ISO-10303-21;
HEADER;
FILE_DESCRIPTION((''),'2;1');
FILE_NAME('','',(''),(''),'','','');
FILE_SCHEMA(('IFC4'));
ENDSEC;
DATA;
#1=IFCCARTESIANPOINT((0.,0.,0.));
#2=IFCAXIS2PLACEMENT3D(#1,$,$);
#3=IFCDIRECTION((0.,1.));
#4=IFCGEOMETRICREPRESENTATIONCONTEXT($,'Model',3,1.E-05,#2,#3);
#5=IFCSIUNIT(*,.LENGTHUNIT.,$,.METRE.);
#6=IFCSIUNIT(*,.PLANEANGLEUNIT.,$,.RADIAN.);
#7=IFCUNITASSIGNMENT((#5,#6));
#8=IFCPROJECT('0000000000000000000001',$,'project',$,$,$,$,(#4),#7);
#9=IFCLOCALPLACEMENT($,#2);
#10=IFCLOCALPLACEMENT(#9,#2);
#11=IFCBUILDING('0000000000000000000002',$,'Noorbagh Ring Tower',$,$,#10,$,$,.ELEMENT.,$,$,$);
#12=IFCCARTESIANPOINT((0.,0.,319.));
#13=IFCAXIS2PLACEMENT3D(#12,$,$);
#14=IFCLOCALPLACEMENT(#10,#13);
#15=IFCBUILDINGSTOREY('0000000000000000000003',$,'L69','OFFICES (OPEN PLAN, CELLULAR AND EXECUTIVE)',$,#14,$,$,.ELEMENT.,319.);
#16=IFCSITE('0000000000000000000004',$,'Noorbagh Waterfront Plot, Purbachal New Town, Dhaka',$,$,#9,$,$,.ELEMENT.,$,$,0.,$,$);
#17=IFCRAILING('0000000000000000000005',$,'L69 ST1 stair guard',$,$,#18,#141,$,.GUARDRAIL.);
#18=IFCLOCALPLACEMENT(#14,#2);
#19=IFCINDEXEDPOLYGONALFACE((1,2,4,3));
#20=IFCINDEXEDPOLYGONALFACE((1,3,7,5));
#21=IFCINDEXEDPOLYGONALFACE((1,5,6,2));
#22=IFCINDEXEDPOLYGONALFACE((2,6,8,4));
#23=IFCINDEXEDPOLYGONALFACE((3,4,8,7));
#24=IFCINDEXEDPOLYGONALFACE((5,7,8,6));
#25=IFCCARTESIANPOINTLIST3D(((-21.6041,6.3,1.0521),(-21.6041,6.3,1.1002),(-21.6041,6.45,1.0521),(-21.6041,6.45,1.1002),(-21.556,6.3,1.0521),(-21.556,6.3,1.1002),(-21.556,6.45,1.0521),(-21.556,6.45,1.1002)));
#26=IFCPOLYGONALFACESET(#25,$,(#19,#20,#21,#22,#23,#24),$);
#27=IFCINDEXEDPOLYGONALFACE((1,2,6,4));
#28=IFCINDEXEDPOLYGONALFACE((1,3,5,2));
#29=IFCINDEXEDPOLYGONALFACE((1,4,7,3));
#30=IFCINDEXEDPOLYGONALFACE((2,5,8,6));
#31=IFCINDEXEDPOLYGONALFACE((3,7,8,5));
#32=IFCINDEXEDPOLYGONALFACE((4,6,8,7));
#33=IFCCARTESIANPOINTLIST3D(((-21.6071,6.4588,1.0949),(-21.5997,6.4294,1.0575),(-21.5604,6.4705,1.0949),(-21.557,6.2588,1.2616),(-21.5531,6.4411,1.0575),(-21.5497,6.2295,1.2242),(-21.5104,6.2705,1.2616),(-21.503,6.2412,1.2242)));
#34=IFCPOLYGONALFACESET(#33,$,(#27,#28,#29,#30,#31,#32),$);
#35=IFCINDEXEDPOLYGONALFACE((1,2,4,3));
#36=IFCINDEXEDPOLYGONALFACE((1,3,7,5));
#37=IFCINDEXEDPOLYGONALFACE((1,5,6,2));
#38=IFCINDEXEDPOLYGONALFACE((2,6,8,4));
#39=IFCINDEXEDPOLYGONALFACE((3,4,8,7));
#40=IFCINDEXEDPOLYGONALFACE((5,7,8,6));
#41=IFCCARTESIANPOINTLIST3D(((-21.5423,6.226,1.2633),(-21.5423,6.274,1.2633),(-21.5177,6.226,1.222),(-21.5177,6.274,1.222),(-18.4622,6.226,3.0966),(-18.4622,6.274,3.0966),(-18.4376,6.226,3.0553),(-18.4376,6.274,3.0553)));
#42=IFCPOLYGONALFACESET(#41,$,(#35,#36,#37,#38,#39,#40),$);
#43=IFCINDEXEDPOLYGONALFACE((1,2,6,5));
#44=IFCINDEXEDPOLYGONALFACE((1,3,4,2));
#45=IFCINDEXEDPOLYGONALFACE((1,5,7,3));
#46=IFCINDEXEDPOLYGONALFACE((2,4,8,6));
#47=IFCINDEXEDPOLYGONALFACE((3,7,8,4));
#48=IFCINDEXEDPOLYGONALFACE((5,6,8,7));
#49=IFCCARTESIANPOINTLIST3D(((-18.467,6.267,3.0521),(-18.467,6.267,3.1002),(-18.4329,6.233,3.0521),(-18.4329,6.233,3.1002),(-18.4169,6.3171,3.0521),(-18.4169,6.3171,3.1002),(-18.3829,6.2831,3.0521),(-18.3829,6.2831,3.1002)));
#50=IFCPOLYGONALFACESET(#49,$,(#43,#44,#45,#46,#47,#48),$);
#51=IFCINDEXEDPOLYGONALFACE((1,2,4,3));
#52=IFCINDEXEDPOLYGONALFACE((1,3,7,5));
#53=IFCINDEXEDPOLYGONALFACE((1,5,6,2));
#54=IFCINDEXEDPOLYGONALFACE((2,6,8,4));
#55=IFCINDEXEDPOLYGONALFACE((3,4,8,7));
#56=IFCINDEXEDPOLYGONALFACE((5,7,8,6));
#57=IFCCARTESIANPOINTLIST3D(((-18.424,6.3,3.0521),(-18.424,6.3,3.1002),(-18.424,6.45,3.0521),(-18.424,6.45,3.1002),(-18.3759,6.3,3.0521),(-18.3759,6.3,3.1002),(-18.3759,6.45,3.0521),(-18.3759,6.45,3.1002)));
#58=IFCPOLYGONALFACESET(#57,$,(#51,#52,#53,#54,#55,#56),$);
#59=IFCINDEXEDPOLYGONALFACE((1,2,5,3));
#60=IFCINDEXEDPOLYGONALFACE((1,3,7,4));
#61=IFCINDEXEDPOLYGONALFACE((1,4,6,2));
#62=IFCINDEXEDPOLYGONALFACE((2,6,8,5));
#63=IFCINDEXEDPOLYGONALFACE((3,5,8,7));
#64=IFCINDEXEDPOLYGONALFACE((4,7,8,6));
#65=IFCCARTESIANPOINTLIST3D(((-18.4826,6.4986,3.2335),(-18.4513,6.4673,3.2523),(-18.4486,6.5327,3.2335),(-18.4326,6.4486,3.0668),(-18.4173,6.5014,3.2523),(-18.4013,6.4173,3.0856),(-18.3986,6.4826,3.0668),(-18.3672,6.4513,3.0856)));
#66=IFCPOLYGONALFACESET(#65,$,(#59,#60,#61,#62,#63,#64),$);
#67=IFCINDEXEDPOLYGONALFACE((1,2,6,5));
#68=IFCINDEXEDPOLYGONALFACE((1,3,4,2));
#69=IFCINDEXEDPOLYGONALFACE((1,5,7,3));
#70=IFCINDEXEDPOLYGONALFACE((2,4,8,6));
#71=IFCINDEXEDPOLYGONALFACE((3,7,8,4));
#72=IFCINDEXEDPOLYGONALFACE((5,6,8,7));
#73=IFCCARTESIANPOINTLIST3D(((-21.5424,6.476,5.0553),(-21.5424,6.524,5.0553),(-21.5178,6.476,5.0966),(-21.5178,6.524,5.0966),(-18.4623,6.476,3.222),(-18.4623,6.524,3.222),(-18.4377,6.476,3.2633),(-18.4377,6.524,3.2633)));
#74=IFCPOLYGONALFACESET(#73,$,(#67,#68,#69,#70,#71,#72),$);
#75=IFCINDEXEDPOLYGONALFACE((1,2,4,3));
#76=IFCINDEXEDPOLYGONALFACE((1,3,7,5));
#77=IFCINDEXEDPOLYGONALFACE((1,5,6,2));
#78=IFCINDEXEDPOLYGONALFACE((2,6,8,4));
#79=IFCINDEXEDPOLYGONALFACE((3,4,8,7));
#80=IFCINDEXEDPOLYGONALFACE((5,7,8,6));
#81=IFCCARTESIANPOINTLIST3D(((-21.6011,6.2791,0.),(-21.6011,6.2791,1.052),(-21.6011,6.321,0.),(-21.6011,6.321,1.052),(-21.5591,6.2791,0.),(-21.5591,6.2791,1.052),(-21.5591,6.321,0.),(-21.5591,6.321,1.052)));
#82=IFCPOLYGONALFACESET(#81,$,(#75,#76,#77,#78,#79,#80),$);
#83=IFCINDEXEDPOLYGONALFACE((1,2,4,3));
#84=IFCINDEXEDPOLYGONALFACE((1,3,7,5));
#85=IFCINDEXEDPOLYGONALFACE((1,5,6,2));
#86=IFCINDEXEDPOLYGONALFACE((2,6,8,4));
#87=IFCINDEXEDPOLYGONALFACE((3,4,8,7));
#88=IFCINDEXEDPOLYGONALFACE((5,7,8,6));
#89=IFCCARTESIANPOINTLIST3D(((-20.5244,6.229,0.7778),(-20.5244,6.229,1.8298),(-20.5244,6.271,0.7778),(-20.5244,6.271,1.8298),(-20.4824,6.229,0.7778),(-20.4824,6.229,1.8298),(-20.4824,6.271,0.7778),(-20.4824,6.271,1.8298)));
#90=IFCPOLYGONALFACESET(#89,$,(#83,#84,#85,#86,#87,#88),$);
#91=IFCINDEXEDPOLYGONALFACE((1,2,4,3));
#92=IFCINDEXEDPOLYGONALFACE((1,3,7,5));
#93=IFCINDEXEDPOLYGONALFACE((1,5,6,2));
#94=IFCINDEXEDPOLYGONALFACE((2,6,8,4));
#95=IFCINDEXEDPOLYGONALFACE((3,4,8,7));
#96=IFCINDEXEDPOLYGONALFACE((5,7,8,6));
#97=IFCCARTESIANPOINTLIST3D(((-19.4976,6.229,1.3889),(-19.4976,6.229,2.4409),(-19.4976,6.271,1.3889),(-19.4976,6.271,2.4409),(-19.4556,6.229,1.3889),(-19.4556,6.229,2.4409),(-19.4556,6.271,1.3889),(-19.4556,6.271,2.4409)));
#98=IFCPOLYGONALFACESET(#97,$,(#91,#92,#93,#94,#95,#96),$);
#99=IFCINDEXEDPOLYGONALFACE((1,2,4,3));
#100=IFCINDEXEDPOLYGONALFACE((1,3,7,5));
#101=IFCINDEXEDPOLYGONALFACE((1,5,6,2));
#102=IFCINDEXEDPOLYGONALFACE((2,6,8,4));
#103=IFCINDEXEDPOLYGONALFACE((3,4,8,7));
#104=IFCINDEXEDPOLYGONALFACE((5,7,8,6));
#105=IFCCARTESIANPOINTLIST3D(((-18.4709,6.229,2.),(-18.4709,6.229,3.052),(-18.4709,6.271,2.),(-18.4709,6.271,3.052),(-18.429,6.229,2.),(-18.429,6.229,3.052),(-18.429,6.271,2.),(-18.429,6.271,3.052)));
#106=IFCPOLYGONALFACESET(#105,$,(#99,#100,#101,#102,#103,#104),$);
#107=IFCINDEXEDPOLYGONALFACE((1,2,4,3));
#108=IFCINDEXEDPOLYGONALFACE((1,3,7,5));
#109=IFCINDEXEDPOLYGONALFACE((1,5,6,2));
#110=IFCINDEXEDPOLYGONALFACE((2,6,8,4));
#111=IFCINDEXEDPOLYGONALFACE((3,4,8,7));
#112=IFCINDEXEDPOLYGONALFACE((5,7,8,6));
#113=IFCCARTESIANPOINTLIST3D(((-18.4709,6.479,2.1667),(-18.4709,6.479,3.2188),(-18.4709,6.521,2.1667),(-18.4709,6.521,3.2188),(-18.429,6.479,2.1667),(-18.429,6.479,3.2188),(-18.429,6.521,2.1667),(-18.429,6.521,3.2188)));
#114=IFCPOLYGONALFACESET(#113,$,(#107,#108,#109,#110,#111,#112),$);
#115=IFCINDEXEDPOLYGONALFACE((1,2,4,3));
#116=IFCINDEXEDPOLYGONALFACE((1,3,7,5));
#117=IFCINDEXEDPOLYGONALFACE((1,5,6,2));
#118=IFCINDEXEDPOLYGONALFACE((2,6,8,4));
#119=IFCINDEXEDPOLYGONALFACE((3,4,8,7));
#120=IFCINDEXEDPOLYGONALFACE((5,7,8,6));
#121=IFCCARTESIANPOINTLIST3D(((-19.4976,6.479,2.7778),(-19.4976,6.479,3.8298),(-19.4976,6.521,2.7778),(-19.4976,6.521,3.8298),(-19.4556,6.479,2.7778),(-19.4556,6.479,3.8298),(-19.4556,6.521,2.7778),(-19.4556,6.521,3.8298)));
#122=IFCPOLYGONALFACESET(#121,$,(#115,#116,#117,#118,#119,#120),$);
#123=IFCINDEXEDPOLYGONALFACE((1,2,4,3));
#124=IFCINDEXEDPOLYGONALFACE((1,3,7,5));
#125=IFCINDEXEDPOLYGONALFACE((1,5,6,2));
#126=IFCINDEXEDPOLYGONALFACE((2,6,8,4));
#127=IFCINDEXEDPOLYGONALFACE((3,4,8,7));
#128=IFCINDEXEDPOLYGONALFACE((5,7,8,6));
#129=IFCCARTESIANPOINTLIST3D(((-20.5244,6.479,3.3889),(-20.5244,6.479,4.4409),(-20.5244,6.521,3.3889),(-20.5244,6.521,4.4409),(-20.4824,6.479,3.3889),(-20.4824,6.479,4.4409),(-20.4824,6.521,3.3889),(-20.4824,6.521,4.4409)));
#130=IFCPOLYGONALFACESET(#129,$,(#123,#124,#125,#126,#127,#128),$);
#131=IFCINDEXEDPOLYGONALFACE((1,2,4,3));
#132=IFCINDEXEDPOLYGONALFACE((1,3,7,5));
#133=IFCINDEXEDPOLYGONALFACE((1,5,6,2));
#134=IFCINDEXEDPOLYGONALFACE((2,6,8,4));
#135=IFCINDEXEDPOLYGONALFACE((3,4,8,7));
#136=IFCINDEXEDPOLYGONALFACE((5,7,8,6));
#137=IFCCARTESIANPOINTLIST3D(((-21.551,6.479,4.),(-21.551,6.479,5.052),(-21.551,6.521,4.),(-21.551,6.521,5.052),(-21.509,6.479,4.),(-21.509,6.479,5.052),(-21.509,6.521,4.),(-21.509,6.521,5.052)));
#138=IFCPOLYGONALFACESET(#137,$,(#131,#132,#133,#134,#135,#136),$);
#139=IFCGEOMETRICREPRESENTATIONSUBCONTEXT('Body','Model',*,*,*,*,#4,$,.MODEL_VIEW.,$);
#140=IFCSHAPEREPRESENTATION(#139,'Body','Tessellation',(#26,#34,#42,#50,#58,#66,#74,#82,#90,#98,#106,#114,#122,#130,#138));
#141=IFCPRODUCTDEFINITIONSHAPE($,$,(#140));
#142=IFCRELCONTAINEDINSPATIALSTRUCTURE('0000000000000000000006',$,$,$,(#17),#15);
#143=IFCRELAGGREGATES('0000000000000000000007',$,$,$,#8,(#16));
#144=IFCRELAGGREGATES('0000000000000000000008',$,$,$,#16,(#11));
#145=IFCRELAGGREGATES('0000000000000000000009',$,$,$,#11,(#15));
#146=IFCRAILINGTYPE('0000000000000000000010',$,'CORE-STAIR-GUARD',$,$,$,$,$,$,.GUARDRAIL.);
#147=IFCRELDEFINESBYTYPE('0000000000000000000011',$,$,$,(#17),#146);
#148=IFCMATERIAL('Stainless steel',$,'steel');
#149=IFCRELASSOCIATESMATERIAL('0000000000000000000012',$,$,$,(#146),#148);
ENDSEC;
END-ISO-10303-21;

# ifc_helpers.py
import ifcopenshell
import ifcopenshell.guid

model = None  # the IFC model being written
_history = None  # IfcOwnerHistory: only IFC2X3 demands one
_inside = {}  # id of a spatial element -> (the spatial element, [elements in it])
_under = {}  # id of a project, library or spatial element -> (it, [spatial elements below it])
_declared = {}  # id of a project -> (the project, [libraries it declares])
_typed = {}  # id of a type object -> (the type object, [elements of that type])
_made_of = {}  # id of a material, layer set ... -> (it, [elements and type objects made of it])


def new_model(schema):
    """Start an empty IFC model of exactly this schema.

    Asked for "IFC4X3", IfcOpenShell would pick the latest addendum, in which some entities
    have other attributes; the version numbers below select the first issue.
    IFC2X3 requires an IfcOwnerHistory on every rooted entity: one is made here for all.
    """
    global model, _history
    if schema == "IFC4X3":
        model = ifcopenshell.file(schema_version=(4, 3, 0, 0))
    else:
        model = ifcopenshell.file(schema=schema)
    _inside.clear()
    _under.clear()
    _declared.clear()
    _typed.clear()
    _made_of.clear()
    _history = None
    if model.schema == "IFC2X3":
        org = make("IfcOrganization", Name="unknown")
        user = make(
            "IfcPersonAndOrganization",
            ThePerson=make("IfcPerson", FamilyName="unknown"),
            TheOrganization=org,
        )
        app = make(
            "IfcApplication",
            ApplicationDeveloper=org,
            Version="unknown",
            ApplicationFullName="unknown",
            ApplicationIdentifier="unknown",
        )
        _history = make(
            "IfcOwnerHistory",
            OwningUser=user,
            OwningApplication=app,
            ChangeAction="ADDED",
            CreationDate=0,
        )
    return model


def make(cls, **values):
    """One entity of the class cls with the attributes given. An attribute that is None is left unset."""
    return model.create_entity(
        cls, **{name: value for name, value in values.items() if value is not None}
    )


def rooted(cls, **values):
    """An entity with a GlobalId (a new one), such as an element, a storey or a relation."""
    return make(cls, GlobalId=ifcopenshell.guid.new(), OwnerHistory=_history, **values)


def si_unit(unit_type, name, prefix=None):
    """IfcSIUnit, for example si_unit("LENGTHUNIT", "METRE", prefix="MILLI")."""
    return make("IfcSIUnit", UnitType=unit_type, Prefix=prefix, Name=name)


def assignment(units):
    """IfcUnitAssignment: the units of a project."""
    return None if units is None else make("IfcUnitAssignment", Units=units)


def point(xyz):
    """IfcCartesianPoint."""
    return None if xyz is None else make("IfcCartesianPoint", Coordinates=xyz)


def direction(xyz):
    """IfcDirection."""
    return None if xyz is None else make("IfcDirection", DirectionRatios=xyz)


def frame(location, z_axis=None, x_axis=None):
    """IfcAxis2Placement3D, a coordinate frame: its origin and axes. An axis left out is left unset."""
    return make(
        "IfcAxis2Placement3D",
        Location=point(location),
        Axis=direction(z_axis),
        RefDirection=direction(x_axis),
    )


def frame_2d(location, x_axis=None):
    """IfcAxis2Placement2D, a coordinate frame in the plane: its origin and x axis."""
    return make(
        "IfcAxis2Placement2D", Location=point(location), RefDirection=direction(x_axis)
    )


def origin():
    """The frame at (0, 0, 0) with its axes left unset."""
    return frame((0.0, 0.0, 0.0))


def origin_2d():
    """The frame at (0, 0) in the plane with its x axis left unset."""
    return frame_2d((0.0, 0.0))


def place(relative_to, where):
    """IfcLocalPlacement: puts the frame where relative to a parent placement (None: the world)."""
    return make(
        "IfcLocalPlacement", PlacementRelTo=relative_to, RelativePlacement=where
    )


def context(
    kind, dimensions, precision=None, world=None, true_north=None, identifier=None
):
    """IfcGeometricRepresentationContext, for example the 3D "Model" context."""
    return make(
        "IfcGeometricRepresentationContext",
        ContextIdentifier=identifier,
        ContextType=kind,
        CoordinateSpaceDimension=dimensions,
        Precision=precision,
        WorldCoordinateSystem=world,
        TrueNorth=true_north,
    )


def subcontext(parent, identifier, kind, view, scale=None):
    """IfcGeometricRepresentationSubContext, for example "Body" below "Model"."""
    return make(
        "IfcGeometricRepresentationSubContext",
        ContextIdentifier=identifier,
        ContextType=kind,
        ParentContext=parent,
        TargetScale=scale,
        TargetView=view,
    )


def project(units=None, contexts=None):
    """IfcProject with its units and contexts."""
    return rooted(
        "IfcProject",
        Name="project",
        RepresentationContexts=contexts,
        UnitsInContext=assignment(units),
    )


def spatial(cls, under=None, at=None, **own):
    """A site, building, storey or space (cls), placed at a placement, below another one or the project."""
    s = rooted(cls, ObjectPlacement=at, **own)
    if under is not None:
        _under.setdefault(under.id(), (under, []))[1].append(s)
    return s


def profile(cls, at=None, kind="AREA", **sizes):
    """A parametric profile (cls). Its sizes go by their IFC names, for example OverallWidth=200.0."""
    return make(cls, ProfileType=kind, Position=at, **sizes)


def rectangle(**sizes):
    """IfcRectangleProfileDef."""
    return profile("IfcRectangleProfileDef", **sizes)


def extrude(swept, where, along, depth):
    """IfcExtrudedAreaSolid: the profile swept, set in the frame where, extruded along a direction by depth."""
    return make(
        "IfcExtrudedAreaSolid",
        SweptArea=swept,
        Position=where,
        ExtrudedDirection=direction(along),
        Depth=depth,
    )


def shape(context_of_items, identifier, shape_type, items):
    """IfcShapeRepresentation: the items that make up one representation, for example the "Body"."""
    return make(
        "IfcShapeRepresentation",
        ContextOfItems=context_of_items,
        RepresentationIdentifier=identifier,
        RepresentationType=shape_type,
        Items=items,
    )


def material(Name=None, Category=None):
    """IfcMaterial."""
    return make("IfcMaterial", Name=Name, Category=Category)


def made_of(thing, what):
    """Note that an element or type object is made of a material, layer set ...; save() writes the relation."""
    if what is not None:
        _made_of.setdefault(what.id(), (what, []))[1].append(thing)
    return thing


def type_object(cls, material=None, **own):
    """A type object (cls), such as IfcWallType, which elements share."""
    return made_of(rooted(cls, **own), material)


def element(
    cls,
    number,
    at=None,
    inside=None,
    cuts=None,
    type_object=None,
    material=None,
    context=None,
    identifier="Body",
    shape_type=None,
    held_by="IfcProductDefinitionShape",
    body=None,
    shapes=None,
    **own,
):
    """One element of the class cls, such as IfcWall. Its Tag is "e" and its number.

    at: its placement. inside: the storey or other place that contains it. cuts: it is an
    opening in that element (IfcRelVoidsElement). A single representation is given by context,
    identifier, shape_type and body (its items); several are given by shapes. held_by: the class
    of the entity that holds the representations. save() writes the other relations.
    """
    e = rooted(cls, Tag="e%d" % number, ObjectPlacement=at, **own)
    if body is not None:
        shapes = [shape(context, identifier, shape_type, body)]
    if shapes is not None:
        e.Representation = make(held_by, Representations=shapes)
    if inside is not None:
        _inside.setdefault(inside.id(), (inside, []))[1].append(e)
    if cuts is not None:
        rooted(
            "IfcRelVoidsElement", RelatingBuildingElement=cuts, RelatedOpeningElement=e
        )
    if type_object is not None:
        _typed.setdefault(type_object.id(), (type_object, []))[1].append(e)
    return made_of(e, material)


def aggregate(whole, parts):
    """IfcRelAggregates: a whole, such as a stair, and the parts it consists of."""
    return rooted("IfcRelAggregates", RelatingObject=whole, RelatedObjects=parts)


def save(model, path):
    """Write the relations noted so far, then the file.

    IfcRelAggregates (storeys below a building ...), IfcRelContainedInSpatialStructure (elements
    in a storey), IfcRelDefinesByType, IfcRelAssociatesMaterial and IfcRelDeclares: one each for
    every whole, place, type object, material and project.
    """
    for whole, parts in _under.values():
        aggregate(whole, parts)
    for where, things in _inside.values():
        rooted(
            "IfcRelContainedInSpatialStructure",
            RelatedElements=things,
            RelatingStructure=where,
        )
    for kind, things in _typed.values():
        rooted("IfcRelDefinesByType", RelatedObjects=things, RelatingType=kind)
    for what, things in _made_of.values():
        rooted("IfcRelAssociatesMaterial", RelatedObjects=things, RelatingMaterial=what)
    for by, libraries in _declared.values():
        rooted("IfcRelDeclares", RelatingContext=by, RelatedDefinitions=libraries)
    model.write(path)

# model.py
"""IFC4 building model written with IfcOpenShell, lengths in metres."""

from ifc_helpers import new_model, si_unit, direction, frame, origin, origin_2d, place, context, subcontext, project, spatial, rectangle, extrude, material, type_object, element, save


model = new_model("IFC4")

# Units and contexts
model_context = context("Model", 3, precision=1e-05, world=origin(), true_north=direction((0.0, 1.0)))
body_context = subcontext(model_context, "Body", "Model", "MODEL_VIEW")
ifc_project = project(units=[si_unit("LENGTHUNIT", "METRE"), si_unit("PLANEANGLEUNIT", "RADIAN")], contexts=[model_context])

# Site, building, storey
site_placement = place(None, origin())
site = spatial("IfcSite", under=ifc_project, at=site_placement, Name="Noorbagh Waterfront Plot, Purbachal New Town, Dhaka", CompositionType="ELEMENT", RefElevation=0.0)
building_placement = place(site_placement, origin())
building = spatial("IfcBuilding", under=site, at=building_placement, Name="Noorbagh Ring Tower", CompositionType="ELEMENT")
storey_placement = place(building_placement, frame((0.0, 0.0, 319.0)))
storey = spatial("IfcBuildingStorey", under=building, at=storey_placement, Name="L69", Description="OFFICES (OPEN PLAN, CELLULAR AND EXECUTIVE)", CompositionType="ELEMENT", Elevation=319.0)

# Railing
ifc_material_1 = material(Name="Stainless steel", Category="steel")
railing_type_1 = type_object("IfcRailingType", Name="CORE-STAIR-GUARD", PredefinedType="GUARDRAIL", material=ifc_material_1)
railing_1_placement = place(storey_placement, frame((-21.5801, 6.3, 0.0)))
element("IfcRailing", 1, at=railing_1_placement, inside=storey, type_object=railing_type_1, Name="L69 ST1 stair guard", PredefinedType="GUARDRAIL", context=body_context, shape_type="SweptSolid", body=[
    extrude(rectangle(XDim=0.0481, YDim=0.0481, at=origin_2d()), frame((0.0, 0.0, 1.0762), z_axis=(0.0, 1.0, 0.0), x_axis=(-1.0, 0.0, 0.0)), (0.0, 0.0, 1.0), 0.1499),
    extrude(rectangle(XDim=0.0481, YDim=0.0481, at=origin_2d()), frame((0.0, 0.1499, 1.0762), z_axis=(0.188776, -0.754182, 0.628946), x_axis=(0.970073, 0.242814, 0.0)), (0.0, 0.0, 1.0), 0.2651),
    extrude(rectangle(XDim=0.0481, YDim=0.0481, at=origin_2d()), frame((0.05, -0.05, 1.2427), z_axis=(0.859309, 0.0, 0.511458), x_axis=(0.0, 1.0, 0.0)), (0.0, 0.0, 1.0), 3.5845),
    extrude(rectangle(XDim=0.0481, YDim=0.0481, at=origin_2d()), frame((3.1301, -0.05, 3.0762), z_axis=(0.707107, 0.707107, 0.0), x_axis=(-0.707107, 0.707107, 0.0)), (0.0, 0.0, 1.0), 0.0708),
    extrude(rectangle(XDim=0.0481, YDim=0.0481, at=origin_2d()), frame((3.1802, 0.0, 3.0762), z_axis=(0.0, 1.0, 0.0), x_axis=(-1.0, 0.0, 0.0)), (0.0, 0.0, 1.0), 0.1499),
    extrude(rectangle(XDim=0.0481, YDim=0.0481, at=origin_2d()), frame((3.1802, 0.1499, 3.0762), z_axis=(-0.276287, 0.276287, 0.920506), x_axis=(-0.707107, -0.707107, 0.0)), (0.0, 0.0, 1.0), 0.1812),
    extrude(rectangle(XDim=0.0481, YDim=0.0481, at=origin_2d()), frame((3.1301, 0.2, 3.2427), z_axis=(-0.859309, 0.0, 0.511458), x_axis=(0.0, -1.0, 0.0)), (0.0, 0.0, 1.0), 3.5845),
    extrude(rectangle(XDim=0.042, YDim=0.042, at=origin_2d()), origin(), (0.0, 0.0, 1.0), 1.052),
    extrude(rectangle(XDim=0.042, YDim=0.042, at=origin_2d()), frame((1.0767, -0.05, 0.7778)), (0.0, 0.0, 1.0), 1.052),
    extrude(rectangle(XDim=0.042, YDim=0.042, at=origin_2d()), frame((2.1035, -0.05, 1.3889)), (0.0, 0.0, 1.0), 1.052),
    extrude(rectangle(XDim=0.042, YDim=0.042, at=origin_2d()), frame((3.1301, -0.05, 2.0)), (0.0, 0.0, 1.0), 1.052),
    extrude(rectangle(XDim=0.042, YDim=0.042, at=origin_2d()), frame((3.1301, 0.2, 2.1667)), (0.0, 0.0, 1.0), 1.052),
    extrude(rectangle(XDim=0.042, YDim=0.042, at=origin_2d()), frame((2.1035, 0.2, 2.7778)), (0.0, 0.0, 1.0), 1.052),
    extrude(rectangle(XDim=0.042, YDim=0.042, at=origin_2d()), frame((1.0767, 0.2, 3.3889)), (0.0, 0.0, 1.0), 1.052),
    extrude(rectangle(XDim=0.042, YDim=0.042, at=origin_2d()), frame((0.05, 0.2, 4.0)), (0.0, 0.0, 1.0), 1.052),
])

save(model, "model.ifc")
